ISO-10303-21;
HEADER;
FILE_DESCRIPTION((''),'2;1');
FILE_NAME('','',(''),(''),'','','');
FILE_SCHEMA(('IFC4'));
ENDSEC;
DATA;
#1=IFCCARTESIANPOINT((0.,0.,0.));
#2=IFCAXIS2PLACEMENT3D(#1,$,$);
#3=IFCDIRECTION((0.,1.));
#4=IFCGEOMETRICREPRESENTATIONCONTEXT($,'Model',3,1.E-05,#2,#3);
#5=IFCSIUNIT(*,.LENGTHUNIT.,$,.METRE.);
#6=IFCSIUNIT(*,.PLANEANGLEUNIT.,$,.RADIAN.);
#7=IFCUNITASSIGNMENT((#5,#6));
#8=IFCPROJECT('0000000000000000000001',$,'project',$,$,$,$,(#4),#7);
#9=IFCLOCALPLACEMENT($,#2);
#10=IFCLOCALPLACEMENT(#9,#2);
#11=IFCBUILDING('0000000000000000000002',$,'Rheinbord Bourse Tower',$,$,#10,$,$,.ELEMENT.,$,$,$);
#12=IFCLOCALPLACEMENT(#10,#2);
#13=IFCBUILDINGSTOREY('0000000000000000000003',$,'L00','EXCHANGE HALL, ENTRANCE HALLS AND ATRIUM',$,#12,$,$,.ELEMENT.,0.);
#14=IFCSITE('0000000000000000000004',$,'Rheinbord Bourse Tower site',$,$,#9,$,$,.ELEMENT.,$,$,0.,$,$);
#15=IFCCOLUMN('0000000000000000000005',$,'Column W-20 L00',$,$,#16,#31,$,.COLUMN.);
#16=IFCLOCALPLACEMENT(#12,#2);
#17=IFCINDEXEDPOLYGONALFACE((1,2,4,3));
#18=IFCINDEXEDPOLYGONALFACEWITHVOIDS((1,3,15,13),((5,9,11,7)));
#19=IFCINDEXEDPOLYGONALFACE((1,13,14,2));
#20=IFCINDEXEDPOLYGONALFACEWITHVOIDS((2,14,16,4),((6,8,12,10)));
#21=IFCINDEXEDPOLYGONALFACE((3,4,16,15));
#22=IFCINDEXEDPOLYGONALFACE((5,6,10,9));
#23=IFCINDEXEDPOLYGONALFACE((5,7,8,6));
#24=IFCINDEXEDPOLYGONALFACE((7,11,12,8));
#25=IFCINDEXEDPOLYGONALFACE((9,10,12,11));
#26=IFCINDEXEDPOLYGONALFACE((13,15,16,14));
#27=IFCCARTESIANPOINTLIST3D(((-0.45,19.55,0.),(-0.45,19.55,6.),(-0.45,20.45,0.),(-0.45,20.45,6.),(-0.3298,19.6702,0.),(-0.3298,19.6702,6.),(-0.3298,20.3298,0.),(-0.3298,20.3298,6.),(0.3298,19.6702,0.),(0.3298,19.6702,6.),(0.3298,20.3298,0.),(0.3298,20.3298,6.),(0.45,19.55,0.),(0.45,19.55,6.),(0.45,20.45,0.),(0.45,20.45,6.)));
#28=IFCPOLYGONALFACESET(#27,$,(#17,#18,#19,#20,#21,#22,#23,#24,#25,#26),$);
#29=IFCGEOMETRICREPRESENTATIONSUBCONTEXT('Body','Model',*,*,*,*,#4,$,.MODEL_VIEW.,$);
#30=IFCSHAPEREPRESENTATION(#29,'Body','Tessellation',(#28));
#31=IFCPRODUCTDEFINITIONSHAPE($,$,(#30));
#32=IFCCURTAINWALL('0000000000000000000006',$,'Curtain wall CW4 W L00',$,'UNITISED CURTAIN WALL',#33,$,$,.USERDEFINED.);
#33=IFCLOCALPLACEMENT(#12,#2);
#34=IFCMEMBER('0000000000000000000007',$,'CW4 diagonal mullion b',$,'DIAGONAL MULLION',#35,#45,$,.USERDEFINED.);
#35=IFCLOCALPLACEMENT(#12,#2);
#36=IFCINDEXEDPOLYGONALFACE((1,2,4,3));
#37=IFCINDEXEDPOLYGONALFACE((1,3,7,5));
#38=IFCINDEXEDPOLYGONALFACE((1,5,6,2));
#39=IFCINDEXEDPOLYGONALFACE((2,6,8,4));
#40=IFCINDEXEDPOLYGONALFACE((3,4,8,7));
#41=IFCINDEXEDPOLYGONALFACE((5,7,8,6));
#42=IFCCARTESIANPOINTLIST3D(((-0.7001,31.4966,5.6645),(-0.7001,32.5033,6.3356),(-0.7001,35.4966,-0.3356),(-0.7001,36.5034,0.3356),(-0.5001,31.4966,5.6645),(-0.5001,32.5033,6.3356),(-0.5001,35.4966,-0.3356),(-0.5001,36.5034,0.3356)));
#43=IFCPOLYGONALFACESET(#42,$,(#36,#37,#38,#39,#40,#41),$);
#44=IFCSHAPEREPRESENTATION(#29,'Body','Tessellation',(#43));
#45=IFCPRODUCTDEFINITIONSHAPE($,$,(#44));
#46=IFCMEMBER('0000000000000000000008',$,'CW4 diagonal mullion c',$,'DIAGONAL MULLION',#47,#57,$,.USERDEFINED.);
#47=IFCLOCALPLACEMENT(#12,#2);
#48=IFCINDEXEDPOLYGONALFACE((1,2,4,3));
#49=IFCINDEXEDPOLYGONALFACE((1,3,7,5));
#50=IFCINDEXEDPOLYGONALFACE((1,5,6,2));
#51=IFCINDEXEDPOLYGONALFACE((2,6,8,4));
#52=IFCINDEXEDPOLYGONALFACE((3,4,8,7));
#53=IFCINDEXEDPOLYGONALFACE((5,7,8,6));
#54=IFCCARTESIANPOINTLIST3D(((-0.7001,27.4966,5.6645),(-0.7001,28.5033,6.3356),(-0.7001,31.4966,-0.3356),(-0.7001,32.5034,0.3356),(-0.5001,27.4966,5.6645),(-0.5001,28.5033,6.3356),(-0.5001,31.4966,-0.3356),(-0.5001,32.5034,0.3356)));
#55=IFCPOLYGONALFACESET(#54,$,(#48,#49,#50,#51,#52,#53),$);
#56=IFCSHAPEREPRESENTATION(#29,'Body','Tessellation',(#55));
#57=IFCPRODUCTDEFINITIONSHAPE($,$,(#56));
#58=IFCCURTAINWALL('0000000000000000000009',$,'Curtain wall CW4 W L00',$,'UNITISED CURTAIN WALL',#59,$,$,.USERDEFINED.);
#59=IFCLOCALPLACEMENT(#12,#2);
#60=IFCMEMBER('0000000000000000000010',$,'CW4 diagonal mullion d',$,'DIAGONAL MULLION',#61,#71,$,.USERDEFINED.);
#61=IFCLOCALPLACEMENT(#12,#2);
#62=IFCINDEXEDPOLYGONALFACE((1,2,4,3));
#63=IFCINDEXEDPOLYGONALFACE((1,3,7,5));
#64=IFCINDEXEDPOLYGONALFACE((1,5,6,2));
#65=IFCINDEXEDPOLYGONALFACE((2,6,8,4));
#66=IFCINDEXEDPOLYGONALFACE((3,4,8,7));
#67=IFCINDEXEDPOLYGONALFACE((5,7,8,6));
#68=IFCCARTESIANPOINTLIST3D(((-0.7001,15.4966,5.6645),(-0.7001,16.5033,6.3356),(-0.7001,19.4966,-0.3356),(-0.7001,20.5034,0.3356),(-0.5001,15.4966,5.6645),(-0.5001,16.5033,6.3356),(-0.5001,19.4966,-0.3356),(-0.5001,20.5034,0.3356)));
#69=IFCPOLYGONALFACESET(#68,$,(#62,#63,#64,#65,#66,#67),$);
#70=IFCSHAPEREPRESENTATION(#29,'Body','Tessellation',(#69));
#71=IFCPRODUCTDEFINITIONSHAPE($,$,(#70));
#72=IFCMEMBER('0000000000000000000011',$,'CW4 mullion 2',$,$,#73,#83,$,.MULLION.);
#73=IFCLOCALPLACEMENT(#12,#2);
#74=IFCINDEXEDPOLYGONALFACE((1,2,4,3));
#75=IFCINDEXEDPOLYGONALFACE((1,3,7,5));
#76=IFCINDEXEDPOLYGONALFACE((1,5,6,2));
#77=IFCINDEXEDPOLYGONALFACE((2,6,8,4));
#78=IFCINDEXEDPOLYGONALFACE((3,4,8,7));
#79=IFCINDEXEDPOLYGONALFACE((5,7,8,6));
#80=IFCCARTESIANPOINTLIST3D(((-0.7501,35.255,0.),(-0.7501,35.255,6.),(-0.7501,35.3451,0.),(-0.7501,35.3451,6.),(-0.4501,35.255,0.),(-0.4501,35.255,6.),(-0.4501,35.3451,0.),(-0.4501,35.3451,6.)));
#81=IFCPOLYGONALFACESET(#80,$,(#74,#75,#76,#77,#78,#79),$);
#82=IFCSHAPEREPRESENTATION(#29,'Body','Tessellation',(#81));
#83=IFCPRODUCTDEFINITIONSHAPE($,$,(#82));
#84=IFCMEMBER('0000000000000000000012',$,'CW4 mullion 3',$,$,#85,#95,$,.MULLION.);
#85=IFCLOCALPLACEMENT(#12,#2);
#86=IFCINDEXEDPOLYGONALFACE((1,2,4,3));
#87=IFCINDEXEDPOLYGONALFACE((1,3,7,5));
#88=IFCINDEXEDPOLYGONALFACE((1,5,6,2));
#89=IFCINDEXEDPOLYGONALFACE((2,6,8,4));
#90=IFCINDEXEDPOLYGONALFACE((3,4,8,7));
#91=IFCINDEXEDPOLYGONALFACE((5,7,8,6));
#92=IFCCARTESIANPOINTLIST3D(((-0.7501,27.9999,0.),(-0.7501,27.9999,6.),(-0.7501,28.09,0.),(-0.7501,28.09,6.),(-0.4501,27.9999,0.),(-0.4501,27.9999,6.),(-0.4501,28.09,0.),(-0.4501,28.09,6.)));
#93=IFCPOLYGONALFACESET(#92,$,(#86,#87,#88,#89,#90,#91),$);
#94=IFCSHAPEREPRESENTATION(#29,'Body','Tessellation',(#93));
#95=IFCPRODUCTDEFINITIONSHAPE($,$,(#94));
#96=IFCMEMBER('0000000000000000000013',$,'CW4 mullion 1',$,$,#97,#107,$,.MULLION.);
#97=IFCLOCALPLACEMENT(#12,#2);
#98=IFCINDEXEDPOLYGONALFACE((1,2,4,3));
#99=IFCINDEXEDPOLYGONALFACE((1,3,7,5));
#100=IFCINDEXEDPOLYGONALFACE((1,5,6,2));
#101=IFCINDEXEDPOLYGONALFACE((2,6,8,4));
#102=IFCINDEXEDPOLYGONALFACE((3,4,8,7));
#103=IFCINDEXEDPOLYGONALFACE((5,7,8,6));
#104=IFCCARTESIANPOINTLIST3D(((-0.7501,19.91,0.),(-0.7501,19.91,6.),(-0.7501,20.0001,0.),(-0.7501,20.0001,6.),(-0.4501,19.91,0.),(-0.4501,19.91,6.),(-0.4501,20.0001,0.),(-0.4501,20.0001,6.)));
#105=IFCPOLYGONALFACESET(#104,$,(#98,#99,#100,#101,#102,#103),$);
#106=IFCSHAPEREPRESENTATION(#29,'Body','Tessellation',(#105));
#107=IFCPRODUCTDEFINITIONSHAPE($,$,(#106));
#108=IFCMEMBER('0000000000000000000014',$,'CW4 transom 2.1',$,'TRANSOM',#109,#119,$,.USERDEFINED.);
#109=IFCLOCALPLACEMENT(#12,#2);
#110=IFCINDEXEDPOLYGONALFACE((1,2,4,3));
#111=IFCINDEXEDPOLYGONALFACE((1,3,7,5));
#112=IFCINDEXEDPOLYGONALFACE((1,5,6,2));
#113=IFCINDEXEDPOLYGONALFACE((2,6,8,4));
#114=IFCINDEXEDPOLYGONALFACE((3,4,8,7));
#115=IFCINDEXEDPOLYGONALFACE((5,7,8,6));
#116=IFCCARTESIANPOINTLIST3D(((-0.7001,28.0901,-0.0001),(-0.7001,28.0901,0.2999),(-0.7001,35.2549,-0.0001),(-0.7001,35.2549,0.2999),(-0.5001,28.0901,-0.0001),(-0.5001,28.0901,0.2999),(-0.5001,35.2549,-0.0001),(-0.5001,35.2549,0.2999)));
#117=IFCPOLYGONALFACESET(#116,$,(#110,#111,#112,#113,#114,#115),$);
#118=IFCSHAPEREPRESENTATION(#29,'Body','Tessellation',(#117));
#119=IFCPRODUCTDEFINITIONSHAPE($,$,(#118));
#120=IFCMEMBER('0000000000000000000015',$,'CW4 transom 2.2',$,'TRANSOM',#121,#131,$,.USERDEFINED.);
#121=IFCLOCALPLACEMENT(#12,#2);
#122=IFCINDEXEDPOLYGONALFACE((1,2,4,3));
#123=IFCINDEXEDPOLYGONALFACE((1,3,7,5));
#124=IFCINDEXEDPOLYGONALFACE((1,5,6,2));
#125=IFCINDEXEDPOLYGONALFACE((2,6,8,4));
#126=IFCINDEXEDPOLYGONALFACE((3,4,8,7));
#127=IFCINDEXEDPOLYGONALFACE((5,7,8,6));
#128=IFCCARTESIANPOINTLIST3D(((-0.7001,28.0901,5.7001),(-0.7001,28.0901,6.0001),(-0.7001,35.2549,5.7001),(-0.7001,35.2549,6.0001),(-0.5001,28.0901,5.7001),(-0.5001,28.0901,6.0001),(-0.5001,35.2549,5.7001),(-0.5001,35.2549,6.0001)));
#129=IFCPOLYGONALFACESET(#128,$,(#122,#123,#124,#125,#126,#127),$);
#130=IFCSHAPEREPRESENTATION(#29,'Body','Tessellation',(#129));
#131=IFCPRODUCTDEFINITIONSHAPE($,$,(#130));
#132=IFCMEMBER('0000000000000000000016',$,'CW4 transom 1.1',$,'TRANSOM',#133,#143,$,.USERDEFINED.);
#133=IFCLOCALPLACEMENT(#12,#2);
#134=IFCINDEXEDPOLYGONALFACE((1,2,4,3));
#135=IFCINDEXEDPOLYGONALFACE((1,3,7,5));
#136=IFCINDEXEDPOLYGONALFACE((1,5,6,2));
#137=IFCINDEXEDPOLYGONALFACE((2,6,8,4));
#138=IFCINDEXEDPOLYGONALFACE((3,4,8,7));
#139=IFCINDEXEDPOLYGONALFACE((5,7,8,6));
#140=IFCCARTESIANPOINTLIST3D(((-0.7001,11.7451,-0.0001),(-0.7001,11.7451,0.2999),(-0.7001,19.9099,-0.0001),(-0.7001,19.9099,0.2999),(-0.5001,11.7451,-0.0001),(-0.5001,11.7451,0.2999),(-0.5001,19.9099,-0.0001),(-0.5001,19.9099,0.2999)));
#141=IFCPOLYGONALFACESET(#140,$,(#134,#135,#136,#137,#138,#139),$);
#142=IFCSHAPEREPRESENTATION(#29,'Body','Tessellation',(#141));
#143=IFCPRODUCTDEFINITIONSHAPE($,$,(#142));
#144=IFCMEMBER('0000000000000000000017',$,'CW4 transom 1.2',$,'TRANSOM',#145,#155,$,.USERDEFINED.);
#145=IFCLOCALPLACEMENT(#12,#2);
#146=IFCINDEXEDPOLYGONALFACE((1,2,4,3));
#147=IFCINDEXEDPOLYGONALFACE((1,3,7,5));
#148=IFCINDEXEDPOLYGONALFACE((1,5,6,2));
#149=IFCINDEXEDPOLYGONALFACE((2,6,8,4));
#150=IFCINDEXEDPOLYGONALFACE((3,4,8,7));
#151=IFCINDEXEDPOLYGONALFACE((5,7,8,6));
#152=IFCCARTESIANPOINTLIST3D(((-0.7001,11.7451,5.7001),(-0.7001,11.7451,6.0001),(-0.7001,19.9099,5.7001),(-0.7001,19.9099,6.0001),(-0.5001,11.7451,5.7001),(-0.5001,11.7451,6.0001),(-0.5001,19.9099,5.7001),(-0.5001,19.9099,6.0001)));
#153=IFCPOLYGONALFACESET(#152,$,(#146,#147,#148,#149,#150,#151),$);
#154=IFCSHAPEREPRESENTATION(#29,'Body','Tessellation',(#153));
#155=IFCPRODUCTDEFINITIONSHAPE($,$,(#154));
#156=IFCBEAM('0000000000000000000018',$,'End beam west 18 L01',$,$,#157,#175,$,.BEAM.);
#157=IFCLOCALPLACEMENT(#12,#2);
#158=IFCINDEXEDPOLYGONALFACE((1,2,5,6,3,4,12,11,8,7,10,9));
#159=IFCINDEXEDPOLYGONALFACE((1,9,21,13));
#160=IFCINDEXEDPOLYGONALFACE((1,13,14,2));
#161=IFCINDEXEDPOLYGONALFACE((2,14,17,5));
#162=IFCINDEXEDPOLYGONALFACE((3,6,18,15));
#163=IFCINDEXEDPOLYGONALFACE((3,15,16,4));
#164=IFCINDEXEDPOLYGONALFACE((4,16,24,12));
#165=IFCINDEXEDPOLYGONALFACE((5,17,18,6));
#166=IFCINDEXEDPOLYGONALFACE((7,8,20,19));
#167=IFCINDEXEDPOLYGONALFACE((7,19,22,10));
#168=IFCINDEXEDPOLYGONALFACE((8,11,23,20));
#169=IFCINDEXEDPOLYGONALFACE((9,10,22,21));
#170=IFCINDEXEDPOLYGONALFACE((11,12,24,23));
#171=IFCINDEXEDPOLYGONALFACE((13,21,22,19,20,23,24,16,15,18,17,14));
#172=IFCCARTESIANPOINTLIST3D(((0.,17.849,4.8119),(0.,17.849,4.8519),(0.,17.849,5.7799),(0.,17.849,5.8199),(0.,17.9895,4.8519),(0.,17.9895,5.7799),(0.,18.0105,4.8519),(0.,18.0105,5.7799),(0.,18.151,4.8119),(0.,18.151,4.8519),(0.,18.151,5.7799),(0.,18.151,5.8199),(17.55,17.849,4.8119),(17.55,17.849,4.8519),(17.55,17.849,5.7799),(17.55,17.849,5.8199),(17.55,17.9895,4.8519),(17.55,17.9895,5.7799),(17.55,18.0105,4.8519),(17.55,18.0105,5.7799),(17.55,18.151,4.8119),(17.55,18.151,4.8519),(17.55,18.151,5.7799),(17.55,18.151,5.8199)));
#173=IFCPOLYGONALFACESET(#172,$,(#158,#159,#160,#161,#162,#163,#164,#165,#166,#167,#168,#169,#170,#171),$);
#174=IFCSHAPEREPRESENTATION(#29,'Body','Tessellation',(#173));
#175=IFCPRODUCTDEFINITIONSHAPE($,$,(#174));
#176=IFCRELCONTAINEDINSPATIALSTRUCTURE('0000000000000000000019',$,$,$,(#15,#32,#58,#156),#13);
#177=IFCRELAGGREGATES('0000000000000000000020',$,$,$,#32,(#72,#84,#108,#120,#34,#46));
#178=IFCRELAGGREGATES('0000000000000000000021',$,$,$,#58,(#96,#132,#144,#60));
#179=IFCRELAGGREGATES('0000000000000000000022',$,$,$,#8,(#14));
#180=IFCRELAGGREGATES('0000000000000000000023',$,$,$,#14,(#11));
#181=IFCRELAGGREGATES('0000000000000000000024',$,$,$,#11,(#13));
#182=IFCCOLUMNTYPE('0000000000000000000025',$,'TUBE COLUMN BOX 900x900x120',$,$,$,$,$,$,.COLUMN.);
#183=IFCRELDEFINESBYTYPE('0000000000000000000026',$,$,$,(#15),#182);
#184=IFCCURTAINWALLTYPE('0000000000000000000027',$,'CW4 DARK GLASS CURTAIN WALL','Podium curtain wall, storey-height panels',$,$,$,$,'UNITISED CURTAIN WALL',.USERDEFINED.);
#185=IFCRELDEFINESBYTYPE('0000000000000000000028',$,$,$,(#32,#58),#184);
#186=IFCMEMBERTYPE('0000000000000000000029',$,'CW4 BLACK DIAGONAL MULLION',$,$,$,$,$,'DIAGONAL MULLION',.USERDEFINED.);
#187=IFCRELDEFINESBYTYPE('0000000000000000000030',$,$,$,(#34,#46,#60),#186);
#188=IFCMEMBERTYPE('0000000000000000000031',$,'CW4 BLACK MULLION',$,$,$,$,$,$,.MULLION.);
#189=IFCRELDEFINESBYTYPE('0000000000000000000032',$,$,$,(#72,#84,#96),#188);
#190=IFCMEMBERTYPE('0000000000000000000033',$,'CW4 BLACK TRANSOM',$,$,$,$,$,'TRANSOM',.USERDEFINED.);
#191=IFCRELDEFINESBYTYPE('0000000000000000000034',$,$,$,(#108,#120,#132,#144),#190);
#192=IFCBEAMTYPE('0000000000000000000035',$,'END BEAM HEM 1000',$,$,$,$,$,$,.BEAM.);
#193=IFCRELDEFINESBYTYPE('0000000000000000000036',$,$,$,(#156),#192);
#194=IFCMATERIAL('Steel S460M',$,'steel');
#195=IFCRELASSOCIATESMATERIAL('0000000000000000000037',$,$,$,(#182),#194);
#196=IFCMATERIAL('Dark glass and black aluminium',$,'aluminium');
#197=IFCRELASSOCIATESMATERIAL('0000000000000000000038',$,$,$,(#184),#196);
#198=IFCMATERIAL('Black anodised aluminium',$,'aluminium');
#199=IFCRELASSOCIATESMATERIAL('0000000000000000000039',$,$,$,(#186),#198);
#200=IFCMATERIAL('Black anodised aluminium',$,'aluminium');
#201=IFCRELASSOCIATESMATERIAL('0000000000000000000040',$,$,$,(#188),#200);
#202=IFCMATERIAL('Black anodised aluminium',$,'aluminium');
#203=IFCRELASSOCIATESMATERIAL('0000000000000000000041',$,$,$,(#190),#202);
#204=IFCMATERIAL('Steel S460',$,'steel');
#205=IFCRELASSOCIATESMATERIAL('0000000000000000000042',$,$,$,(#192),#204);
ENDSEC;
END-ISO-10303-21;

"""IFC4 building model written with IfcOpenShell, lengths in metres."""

from ifc_helpers import new_model, si_unit, direction, frame, origin, origin_2d, place, context, subcontext, project, spatial, rectangle, hollow_rectangle, i_section, extrude, material, material_profile, profile_set, type_object, element, aggregate, save


model = new_model("IFC4")

# Units and contexts
model_context = context("Model", 3, precision=1e-05, world=origin(), true_north=direction((0.0, 1.0)))
body_context = subcontext(model_context, "Body", "Model", "MODEL_VIEW")
ifc_project = project(units=[si_unit("LENGTHUNIT", "METRE"), si_unit("PLANEANGLEUNIT", "RADIAN")], contexts=[model_context])

# Site, building, storey
site_placement = place(None, origin())
site = spatial("IfcSite", under=ifc_project, at=site_placement, Name="Rheinbord Bourse Tower site", CompositionType="ELEMENT", RefElevation=0.0)
building_placement = place(site_placement, origin())
building = spatial("IfcBuilding", under=site, at=building_placement, Name="Rheinbord Bourse Tower", CompositionType="ELEMENT")
storey_placement = place(building_placement, origin())
storey = spatial("IfcBuildingStorey", under=building, at=storey_placement, Name="L00", Description="EXCHANGE HALL, ENTRANCE HALLS AND ATRIUM", CompositionType="ELEMENT", Elevation=0.0)

# Column
ifc_material_1 = material(Name="Steel S460M", Category="steel")
ifc_material_profile_1 = material_profile(ifc_material_1, hollow_rectangle(XDim=0.8999, YDim=0.8999, WallThickness=0.1201, at=origin_2d()), Name="BOX 900x900x120")
ifc_profile_set_1 = profile_set([ifc_material_profile_1], Name="Steel S460M")
column_type = type_object("IfcColumnType", Name="TUBE COLUMN BOX 900x900x120", PredefinedType="COLUMN", material=ifc_profile_set_1)
column_placement = place(storey_placement, frame((0.0, 20.0, 0.0), z_axis=(0.0, 0.0, 1.0), x_axis=(1.0, 0.0, 0.0)))
element("IfcColumn", 1, at=column_placement, inside=storey, type_object=column_type, Name="Column W-20 L00", PredefinedType="COLUMN", context=body_context, shape_type="SweptSolid", body=[
    extrude(hollow_rectangle(XDim=0.8999, YDim=0.8999, WallThickness=0.1201, at=origin_2d()), origin(), (0.0, 0.0, 1.0), 6.0),
])

# Curtain wall, members
ifc_material_2 = material(Name="Dark glass and black aluminium", Category="aluminium")
curtain_wall_type = type_object("IfcCurtainWallType", Name="CW4 DARK GLASS CURTAIN WALL", Description="Podium curtain wall, storey-height panels", ElementType="UNITISED CURTAIN WALL", PredefinedType="USERDEFINED", material=ifc_material_2)
curtain_wall_1_placement = place(storey_placement, origin())
curtain_wall_1 = element("IfcCurtainWall", 2, at=curtain_wall_1_placement, inside=storey, type_object=curtain_wall_type, Name="Curtain wall CW4 W L00", ObjectType="UNITISED CURTAIN WALL", PredefinedType="USERDEFINED")
ifc_material_3 = material(Name="Black anodised aluminium", Category="aluminium")
ifc_material_profile_2 = material_profile(ifc_material_3, rectangle(XDim=0.2, YDim=1.21, at=origin_2d()), Name="CW4 DIAGONAL MULLION 1210x200")
ifc_profile_set_2 = profile_set([ifc_material_profile_2], Name="Black anodised aluminium")
member_type_1 = type_object("IfcMemberType", Name="CW4 BLACK DIAGONAL MULLION", ElementType="DIAGONAL MULLION", PredefinedType="USERDEFINED", material=ifc_profile_set_2)
member_1_placement = place(storey_placement, frame((-0.6001, 36.0, 0.0), z_axis=(0.0, -0.5547, 0.83205), x_axis=(1.0, 0.0, 0.0)))
member_1 = element("IfcMember", 3, at=member_1_placement, type_object=member_type_1, Name="CW4 diagonal mullion b", ObjectType="DIAGONAL MULLION", PredefinedType="USERDEFINED", context=body_context, shape_type="SweptSolid", body=[
    extrude(rectangle(XDim=0.2, YDim=1.21, at=origin_2d()), origin(), (0.0, 0.0, 1.0), 7.2112),
])
member_2_placement = place(storey_placement, frame((-0.6001, 32.0, 0.0), z_axis=(0.0, -0.5547, 0.83205), x_axis=(1.0, 0.0, 0.0)))
member_2 = element("IfcMember", 4, at=member_2_placement, type_object=member_type_1, Name="CW4 diagonal mullion c", ObjectType="DIAGONAL MULLION", PredefinedType="USERDEFINED", context=body_context, shape_type="SweptSolid", body=[
    extrude(rectangle(XDim=0.2, YDim=1.21, at=origin_2d()), origin(), (0.0, 0.0, 1.0), 7.2112),
])

# Curtain wall, member
curtain_wall_2_placement = place(storey_placement, origin())
curtain_wall_2 = element("IfcCurtainWall", 5, at=curtain_wall_2_placement, inside=storey, type_object=curtain_wall_type, Name="Curtain wall CW4 W L00", ObjectType="UNITISED CURTAIN WALL", PredefinedType="USERDEFINED")
member_3_placement = place(storey_placement, frame((-0.6001, 20.0, 0.0), z_axis=(0.0, -0.5547, 0.83205), x_axis=(1.0, 0.0, 0.0)))
member_3 = element("IfcMember", 6, at=member_3_placement, type_object=member_type_1, Name="CW4 diagonal mullion d", ObjectType="DIAGONAL MULLION", PredefinedType="USERDEFINED", context=body_context, shape_type="SweptSolid", body=[
    extrude(rectangle(XDim=0.2, YDim=1.21, at=origin_2d()), origin(), (0.0, 0.0, 1.0), 7.2112),
])

# Members
ifc_material_4 = material(Name="Black anodised aluminium", Category="aluminium")
ifc_material_profile_3 = material_profile(ifc_material_4, rectangle(XDim=0.3, YDim=0.0901, at=origin_2d()), Name="CW4 MULLION 90x300")
ifc_profile_set_3 = profile_set([ifc_material_profile_3], Name="Black anodised aluminium")
member_type_2 = type_object("IfcMemberType", Name="CW4 BLACK MULLION", PredefinedType="MULLION", material=ifc_profile_set_3)
member_4_placement = place(storey_placement, frame((-0.6001, 35.3, 0.0), z_axis=(0.0, 0.0, 1.0), x_axis=(1.0, 0.0, 0.0)))
member_4 = element("IfcMember", 7, at=member_4_placement, type_object=member_type_2, Name="CW4 mullion 2", PredefinedType="MULLION", context=body_context, shape_type="SweptSolid", body=[
    extrude(rectangle(XDim=0.3, YDim=0.0901, at=origin_2d()), origin(), (0.0, 0.0, 1.0), 6.0),
])
member_5_placement = place(storey_placement, frame((-0.6001, 28.0449, 0.0), z_axis=(0.0, 0.0, 1.0), x_axis=(1.0, 0.0, 0.0)))
member_5 = element("IfcMember", 8, at=member_5_placement, type_object=member_type_2, Name="CW4 mullion 3", PredefinedType="MULLION", context=body_context, shape_type="SweptSolid", body=[
    extrude(rectangle(XDim=0.3, YDim=0.0901, at=origin_2d()), origin(), (0.0, 0.0, 1.0), 6.0),
])
member_6_placement = place(storey_placement, frame((-0.6001, 19.9551, 0.0), z_axis=(0.0, 0.0, 1.0), x_axis=(1.0, 0.0, 0.0)))
member_6 = element("IfcMember", 9, at=member_6_placement, type_object=member_type_2, Name="CW4 mullion 1", PredefinedType="MULLION", context=body_context, shape_type="SweptSolid", body=[
    extrude(rectangle(XDim=0.3, YDim=0.0901, at=origin_2d()), origin(), (0.0, 0.0, 1.0), 6.0),
])
ifc_material_5 = material(Name="Black anodised aluminium", Category="aluminium")
ifc_material_profile_4 = material_profile(ifc_material_5, rectangle(XDim=0.2, YDim=0.3, at=origin_2d()), Name="CW4 TRANSOM 300x200")
ifc_profile_set_4 = profile_set([ifc_material_profile_4], Name="Black anodised aluminium")
member_type_3 = type_object("IfcMemberType", Name="CW4 BLACK TRANSOM", ElementType="TRANSOM", PredefinedType="USERDEFINED", material=ifc_profile_set_4)
member_7_placement = place(storey_placement, frame((-0.6001, 35.2549, 0.1499), z_axis=(0.0, -1.0, 0.0), x_axis=(1.0, 0.0, 0.0)))
member_7 = element("IfcMember", 10, at=member_7_placement, type_object=member_type_3, Name="CW4 transom 2.1", ObjectType="TRANSOM", PredefinedType="USERDEFINED", context=body_context, shape_type="SweptSolid", body=[
    extrude(rectangle(XDim=0.2, YDim=0.3, at=origin_2d()), origin(), (0.0, 0.0, 1.0), 7.1648),
])
member_8_placement = place(storey_placement, frame((-0.6001, 35.2549, 5.8501), z_axis=(0.0, -1.0, 0.0), x_axis=(1.0, 0.0, 0.0)))
member_8 = element("IfcMember", 11, at=member_8_placement, type_object=member_type_3, Name="CW4 transom 2.2", ObjectType="TRANSOM", PredefinedType="USERDEFINED", context=body_context, shape_type="SweptSolid", body=[
    extrude(rectangle(XDim=0.2, YDim=0.3, at=origin_2d()), origin(), (0.0, 0.0, 1.0), 7.1648),
])
member_9_placement = place(storey_placement, frame((-0.6001, 19.9099, 0.1499), z_axis=(0.0, -1.0, 0.0), x_axis=(1.0, 0.0, 0.0)))
member_9 = element("IfcMember", 12, at=member_9_placement, type_object=member_type_3, Name="CW4 transom 1.1", ObjectType="TRANSOM", PredefinedType="USERDEFINED", context=body_context, shape_type="SweptSolid", body=[
    extrude(rectangle(XDim=0.2, YDim=0.3, at=origin_2d()), origin(), (0.0, 0.0, 1.0), 8.1648),
])
member_10_placement = place(storey_placement, frame((-0.6001, 19.9099, 5.8501), z_axis=(0.0, -1.0, 0.0), x_axis=(1.0, 0.0, 0.0)))
member_10 = element("IfcMember", 13, at=member_10_placement, type_object=member_type_3, Name="CW4 transom 1.2", ObjectType="TRANSOM", PredefinedType="USERDEFINED", context=body_context, shape_type="SweptSolid", body=[
    extrude(rectangle(XDim=0.2, YDim=0.3, at=origin_2d()), origin(), (0.0, 0.0, 1.0), 8.1648),
])

# Beam
ifc_material_6 = material(Name="Steel S460", Category="steel")
ifc_material_profile_5 = material_profile(ifc_material_6, i_section(OverallWidth=0.302, OverallDepth=1.0081, WebThickness=0.021, FlangeThickness=0.04, at=origin_2d()), Name="HEM 1000")
ifc_profile_set_5 = profile_set([ifc_material_profile_5], Name="Steel S460")
beam_type = type_object("IfcBeamType", Name="END BEAM HEM 1000", PredefinedType="BEAM", material=ifc_profile_set_5)
beam_placement = place(storey_placement, frame((0.0, 18.0, 5.3159), z_axis=(1.0, 0.0, 0.0), x_axis=(0.0, 1.0, 0.0)))
element("IfcBeam", 14, at=beam_placement, inside=storey, type_object=beam_type, Name="End beam west 18 L01", PredefinedType="BEAM", context=body_context, shape_type="SweptSolid", body=[
    extrude(i_section(OverallWidth=0.302, OverallDepth=1.0081, WebThickness=0.021, FlangeThickness=0.04, at=origin_2d()), origin(), (0.0, 0.0, 1.0), 17.55),
])

aggregate(curtain_wall_1, [member_4, member_5, member_7, member_8, member_1, member_2])
aggregate(curtain_wall_2, [member_6, member_9, member_10, member_3])

save(model, "model.ifc")
